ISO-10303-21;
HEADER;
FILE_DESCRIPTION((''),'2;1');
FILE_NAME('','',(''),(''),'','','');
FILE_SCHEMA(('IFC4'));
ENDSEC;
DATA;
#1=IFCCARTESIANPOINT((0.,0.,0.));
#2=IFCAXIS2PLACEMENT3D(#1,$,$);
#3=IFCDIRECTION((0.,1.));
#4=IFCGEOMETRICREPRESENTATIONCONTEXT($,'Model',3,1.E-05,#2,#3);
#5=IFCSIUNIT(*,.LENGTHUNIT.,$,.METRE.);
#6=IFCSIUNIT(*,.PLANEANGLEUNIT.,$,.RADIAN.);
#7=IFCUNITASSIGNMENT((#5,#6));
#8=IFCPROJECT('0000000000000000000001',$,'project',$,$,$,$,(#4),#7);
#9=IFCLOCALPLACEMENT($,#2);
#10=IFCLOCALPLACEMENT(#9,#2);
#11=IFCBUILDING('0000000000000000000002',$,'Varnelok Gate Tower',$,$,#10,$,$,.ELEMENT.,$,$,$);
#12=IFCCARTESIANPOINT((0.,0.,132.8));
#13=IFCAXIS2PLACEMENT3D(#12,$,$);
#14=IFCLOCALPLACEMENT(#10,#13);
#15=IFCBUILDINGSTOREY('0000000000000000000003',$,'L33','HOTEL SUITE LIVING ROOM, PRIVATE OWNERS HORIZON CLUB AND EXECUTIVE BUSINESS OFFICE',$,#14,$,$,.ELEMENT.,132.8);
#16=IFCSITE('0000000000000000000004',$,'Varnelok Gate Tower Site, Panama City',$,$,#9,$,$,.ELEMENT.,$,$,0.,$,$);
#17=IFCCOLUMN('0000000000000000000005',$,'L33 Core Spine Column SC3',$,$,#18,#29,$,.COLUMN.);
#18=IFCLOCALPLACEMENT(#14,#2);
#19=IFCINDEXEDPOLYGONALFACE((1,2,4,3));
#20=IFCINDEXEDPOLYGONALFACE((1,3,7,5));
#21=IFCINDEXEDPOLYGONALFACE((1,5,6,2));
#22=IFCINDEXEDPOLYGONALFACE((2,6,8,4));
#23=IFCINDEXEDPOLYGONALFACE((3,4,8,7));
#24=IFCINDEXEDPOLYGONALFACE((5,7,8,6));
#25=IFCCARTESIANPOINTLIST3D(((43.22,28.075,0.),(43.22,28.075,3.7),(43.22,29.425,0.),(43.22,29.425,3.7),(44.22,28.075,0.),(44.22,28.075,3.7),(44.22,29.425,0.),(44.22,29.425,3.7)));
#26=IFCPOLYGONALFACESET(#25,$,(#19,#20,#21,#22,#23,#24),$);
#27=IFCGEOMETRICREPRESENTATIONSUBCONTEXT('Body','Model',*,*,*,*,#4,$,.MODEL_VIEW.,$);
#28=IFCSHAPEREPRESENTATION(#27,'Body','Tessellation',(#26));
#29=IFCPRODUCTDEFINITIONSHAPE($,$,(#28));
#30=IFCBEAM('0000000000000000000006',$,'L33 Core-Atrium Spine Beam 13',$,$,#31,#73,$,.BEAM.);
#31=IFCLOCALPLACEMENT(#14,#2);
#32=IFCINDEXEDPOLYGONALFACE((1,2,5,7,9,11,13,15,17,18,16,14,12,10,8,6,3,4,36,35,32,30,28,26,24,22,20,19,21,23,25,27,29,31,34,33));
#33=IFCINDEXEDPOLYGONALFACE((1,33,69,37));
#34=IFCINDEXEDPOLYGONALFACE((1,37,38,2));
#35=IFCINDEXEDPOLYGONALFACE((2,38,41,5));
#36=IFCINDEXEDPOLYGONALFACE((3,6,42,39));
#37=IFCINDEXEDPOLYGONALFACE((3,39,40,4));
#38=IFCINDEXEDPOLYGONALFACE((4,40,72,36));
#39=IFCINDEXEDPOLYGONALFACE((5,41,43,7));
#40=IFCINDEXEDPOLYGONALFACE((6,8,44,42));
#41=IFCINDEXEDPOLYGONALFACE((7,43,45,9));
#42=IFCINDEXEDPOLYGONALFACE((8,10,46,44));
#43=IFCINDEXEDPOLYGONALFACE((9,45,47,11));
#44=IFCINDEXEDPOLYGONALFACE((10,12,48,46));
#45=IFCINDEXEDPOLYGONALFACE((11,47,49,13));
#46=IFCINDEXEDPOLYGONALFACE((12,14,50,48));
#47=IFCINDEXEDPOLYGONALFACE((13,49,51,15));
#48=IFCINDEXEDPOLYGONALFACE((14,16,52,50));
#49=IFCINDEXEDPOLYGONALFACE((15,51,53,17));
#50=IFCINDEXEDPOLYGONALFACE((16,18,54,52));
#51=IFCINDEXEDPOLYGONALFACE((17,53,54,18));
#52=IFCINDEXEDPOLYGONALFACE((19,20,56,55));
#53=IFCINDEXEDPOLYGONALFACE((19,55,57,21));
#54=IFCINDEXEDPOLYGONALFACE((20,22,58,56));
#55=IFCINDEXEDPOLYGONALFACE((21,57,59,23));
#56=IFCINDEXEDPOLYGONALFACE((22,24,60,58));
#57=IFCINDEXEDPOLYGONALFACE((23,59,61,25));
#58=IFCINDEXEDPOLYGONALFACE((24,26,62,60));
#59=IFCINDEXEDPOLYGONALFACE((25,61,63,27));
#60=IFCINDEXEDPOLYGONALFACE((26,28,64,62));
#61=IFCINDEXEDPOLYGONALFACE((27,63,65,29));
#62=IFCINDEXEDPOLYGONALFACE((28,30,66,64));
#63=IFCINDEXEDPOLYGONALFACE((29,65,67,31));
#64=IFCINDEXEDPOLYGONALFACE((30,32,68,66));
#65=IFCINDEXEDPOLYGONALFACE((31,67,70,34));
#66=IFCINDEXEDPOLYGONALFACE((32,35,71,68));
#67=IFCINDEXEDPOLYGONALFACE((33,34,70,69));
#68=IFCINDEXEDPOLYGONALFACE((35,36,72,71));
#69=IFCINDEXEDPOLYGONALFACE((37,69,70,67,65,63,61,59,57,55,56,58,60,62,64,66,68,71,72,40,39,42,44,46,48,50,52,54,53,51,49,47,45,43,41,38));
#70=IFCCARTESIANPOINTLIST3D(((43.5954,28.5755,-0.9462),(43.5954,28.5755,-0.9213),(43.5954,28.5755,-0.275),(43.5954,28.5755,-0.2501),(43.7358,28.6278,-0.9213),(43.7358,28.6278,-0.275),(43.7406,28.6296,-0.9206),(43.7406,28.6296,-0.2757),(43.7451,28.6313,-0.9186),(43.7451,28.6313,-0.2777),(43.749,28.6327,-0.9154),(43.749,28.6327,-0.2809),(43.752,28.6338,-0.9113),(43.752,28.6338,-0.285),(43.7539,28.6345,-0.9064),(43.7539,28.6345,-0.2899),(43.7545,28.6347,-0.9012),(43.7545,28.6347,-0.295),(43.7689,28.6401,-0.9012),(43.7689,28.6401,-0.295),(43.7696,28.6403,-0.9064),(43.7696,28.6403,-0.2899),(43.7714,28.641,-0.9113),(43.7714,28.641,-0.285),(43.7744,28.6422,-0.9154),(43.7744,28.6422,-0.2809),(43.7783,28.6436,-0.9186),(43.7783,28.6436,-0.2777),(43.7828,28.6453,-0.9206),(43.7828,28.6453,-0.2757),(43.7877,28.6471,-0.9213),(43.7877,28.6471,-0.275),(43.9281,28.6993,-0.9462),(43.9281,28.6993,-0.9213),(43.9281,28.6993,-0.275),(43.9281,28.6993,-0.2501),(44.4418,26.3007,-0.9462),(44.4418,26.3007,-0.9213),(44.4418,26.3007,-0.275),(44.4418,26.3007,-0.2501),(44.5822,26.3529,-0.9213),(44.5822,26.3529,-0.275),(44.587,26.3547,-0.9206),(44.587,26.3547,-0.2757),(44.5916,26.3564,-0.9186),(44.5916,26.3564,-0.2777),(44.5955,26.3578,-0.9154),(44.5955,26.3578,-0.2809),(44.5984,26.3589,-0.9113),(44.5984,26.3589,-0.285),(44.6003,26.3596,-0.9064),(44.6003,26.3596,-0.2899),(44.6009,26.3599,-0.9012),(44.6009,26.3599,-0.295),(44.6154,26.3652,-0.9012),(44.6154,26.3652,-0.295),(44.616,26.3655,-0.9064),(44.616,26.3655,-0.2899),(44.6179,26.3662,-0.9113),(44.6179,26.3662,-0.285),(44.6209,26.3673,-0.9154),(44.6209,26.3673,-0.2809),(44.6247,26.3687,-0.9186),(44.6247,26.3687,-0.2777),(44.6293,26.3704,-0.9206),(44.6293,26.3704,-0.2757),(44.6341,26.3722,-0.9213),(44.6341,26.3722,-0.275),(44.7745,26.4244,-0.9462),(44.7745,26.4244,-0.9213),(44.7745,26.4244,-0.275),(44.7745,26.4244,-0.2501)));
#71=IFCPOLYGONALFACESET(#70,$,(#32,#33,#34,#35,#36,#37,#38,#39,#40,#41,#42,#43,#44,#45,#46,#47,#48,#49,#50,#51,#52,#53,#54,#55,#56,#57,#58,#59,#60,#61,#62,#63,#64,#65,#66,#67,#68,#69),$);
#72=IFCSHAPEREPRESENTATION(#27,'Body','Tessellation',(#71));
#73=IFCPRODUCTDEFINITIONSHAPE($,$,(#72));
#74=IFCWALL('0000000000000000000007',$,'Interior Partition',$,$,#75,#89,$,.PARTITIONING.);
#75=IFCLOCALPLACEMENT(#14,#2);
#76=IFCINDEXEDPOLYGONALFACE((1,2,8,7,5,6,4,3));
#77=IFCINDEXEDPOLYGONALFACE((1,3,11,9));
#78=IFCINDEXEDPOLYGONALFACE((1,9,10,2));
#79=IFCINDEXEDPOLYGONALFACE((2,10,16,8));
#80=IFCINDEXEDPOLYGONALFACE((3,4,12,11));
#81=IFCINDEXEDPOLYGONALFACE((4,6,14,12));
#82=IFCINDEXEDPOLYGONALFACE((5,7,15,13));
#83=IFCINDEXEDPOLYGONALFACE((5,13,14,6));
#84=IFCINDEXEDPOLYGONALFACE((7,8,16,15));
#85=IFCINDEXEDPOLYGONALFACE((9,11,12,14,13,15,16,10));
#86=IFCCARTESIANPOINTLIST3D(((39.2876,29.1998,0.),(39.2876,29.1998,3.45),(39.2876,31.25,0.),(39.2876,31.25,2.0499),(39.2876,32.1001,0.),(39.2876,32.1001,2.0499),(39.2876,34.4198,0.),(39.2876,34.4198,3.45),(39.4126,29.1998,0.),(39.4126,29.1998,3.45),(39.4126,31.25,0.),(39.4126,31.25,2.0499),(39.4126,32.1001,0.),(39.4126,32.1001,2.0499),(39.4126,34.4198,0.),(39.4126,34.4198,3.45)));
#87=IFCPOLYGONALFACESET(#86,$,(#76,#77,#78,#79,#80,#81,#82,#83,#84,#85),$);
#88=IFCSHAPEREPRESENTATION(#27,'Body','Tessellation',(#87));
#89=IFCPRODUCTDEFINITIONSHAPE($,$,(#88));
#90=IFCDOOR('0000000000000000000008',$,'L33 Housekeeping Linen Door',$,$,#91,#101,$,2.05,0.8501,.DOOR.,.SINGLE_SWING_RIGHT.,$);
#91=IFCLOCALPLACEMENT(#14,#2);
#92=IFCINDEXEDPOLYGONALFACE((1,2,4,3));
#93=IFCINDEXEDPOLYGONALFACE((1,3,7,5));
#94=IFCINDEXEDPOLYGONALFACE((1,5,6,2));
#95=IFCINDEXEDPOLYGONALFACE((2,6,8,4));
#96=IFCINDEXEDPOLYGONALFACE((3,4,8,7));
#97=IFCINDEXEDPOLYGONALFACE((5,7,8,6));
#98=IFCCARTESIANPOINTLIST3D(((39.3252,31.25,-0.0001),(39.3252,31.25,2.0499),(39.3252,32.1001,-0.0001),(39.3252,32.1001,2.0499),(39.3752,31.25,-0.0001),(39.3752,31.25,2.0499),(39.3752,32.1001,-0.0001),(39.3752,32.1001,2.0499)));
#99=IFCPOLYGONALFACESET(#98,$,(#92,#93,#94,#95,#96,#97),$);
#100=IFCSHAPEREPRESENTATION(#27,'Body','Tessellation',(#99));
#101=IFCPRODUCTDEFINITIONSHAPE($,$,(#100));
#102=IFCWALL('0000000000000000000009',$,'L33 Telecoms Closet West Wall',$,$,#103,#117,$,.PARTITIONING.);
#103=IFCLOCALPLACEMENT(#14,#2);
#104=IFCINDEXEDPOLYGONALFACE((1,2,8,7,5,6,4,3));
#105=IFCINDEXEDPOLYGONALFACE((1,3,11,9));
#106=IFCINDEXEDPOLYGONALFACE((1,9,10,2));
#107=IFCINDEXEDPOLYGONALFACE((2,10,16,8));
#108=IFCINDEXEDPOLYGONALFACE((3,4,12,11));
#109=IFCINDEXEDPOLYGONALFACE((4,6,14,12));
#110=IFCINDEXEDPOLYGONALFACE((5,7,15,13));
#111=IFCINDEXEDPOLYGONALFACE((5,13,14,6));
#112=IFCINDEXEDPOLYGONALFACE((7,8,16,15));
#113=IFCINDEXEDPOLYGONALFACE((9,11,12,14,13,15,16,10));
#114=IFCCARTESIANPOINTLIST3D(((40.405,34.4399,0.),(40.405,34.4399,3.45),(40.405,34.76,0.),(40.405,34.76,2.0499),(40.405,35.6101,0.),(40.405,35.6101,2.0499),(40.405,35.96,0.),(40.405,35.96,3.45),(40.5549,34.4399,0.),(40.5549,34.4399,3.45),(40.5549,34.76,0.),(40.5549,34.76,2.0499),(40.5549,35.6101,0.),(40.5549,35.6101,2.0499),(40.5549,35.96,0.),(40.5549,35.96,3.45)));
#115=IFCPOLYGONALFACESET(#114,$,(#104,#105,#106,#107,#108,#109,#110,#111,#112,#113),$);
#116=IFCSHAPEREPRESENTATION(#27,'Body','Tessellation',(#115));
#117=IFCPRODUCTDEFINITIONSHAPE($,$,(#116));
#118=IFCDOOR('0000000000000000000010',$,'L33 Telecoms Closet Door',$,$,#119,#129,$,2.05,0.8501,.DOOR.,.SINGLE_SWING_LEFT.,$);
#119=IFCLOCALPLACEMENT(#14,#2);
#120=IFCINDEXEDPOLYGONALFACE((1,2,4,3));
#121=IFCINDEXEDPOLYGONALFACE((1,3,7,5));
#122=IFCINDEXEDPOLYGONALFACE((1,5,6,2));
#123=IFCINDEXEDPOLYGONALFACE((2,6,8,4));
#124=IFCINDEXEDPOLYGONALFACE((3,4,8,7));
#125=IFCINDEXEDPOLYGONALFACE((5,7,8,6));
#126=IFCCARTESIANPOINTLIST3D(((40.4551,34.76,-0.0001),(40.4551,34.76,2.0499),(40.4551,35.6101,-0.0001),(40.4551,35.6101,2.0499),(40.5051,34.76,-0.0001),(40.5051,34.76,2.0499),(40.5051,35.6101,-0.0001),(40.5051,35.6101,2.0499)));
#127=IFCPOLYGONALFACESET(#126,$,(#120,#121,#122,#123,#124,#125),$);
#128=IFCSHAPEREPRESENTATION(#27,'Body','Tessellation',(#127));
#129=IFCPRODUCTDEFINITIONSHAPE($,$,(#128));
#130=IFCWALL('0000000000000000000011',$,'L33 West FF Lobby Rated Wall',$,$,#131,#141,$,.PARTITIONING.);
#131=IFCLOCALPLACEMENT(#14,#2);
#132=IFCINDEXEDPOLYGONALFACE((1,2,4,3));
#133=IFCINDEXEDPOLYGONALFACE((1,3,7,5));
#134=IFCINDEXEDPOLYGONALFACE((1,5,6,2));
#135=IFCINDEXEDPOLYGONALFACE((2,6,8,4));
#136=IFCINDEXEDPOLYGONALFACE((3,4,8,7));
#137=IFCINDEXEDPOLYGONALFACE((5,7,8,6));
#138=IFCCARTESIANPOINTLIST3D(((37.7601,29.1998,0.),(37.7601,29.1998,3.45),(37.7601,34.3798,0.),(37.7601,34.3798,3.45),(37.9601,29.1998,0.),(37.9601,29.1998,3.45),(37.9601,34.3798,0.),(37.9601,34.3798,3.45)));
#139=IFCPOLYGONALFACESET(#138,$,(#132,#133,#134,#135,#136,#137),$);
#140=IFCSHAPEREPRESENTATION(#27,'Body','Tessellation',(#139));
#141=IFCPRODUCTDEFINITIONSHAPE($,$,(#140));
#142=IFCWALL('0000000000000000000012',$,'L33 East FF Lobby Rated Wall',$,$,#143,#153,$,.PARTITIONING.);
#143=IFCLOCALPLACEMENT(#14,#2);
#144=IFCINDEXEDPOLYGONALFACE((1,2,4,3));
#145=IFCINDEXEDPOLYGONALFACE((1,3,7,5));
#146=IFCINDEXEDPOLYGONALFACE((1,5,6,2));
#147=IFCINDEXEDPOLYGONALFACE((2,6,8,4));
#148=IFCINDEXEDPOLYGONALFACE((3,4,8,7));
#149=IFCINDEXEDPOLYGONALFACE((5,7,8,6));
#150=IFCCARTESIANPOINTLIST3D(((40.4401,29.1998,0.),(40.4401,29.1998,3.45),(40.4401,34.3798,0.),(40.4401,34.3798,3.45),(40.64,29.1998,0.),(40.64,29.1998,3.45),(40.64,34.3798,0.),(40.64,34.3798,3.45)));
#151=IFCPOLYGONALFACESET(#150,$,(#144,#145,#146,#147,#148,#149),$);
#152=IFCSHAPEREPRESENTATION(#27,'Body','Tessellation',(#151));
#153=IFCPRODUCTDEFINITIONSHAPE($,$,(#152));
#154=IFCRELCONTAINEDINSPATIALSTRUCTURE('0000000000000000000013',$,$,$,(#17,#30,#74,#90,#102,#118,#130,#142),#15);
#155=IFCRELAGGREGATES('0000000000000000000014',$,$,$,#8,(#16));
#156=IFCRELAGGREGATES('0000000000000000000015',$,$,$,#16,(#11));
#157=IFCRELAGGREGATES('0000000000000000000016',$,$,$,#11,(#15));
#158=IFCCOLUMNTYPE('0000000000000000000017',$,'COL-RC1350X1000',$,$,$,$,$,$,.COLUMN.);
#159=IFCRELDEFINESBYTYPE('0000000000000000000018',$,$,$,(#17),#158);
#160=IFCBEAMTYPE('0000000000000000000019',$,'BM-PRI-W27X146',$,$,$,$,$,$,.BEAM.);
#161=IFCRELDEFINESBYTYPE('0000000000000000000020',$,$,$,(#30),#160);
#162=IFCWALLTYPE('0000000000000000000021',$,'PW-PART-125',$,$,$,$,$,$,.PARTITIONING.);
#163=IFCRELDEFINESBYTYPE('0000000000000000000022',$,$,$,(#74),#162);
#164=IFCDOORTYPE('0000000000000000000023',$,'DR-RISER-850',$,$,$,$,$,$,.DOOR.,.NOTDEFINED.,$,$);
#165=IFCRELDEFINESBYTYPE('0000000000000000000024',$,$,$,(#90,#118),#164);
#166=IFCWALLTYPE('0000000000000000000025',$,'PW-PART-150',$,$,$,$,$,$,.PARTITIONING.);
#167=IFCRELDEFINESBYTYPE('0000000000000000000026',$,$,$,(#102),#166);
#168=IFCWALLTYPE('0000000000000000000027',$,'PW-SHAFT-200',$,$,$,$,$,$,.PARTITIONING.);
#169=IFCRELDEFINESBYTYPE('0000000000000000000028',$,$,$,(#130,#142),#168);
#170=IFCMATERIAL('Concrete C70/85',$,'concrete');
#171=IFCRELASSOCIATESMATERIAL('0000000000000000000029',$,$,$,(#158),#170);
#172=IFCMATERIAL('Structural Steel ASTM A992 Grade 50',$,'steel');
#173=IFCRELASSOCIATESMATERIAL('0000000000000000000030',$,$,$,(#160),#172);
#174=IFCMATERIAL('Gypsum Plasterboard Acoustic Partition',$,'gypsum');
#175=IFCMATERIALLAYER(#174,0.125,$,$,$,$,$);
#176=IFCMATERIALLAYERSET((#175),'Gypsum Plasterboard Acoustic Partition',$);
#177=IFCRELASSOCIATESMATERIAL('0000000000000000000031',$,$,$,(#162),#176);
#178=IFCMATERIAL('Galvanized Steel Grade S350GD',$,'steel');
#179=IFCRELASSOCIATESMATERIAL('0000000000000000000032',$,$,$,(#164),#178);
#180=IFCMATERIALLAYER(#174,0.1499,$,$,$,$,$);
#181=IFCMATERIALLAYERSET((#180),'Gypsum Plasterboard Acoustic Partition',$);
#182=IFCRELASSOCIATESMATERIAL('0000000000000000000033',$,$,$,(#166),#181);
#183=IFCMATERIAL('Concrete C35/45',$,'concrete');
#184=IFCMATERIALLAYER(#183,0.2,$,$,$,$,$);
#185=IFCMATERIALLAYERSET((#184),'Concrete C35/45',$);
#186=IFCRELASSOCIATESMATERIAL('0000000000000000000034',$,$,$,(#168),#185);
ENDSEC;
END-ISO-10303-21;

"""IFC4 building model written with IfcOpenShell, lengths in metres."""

from ifc_helpers import new_model, si_unit, direction, frame, frame_2d, origin, origin_2d, place, context, subcontext, project, spatial, rectangle, i_section, extrude, material, layer, layer_set, material_profile, profile_set, type_object, element, fill, save


model = new_model("IFC4")

# Units and contexts
model_context = context("Model", 3, precision=1e-05, world=origin(), true_north=direction((0.0, 1.0)))
body_context = subcontext(model_context, "Body", "Model", "MODEL_VIEW")
ifc_project = project(units=[si_unit("LENGTHUNIT", "METRE"), si_unit("PLANEANGLEUNIT", "RADIAN")], contexts=[model_context])

# Site, building, storey
site_placement = place(None, origin())
site = spatial("IfcSite", under=ifc_project, at=site_placement, Name="Varnelok Gate Tower Site, Panama City", CompositionType="ELEMENT", RefElevation=0.0)
building_placement = place(site_placement, origin())
building = spatial("IfcBuilding", under=site, at=building_placement, Name="Varnelok Gate Tower", CompositionType="ELEMENT")
storey_placement = place(building_placement, frame((0.0, 0.0, 132.8)))
storey = spatial("IfcBuildingStorey", under=building, at=storey_placement, Name="L33", Description="HOTEL SUITE LIVING ROOM, PRIVATE OWNERS HORIZON CLUB AND EXECUTIVE BUSINESS OFFICE", CompositionType="ELEMENT", Elevation=132.8)

# Column
ifc_material_1 = material(Name="Concrete C70/85", Category="concrete")
ifc_material_profile_1 = material_profile(ifc_material_1, rectangle(XDim=1.0, YDim=1.3501, at=origin_2d()), Name="RC1350X1000")
ifc_profile_set_1 = profile_set([ifc_material_profile_1], Name="Concrete C70/85")
column_type = type_object("IfcColumnType", Name="COL-RC1350X1000", PredefinedType="COLUMN", material=ifc_profile_set_1)
column_placement = place(storey_placement, frame((43.72, 28.75, 0.0), z_axis=(0.0, 0.0, 1.0), x_axis=(1.0, 0.0, 0.0)))
element("IfcColumn", 1, at=column_placement, inside=storey, type_object=column_type, Name="L33 Core Spine Column SC3", PredefinedType="COLUMN", context=body_context, shape_type="SweptSolid", body=[
    extrude(rectangle(XDim=1.0, YDim=1.3501, at=origin_2d()), origin(), (0.0, 0.0, 1.0), 3.7),
])

# Beam
ifc_material_2 = material(Name="Structural Steel ASTM A992 Grade 50", Category="steel")
ifc_material_profile_2 = material_profile(ifc_material_2, i_section(OverallWidth=0.355, OverallDepth=0.696, WebThickness=0.0154, FlangeThickness=0.0249, FilletRadius=0.02, at=origin_2d()), Name="W27X146")
ifc_profile_set_2 = profile_set([ifc_material_profile_2], Name="Structural Steel ASTM A992 Grade 50")
beam_type = type_object("IfcBeamType", Name="BM-PRI-W27X146", PredefinedType="BEAM", material=ifc_profile_set_2)
beam_placement = place(storey_placement, frame((44.6082, 26.3625, -0.5981), z_axis=(-0.348719, 0.937227, 0.0), x_axis=(-0.937227, -0.348719, 0.0)))
element("IfcBeam", 2, at=beam_placement, inside=storey, type_object=beam_type, Name="L33 Core-Atrium Spine Beam 13", PredefinedType="BEAM", context=body_context, shape_type="SweptSolid", body=[
    extrude(i_section(OverallWidth=0.355, OverallDepth=0.696, WebThickness=0.0154, FlangeThickness=0.0249, FilletRadius=0.02, at=origin_2d()), origin(), (0.0, 0.0, 1.0), 2.4272),
])

# Walls, openings, doors
ifc_material_3 = material(Name="Gypsum Plasterboard Acoustic Partition", Category="gypsum")
ifc_layer_1 = layer(ifc_material_3, 0.125)
ifc_layer_set_1 = layer_set([ifc_layer_1], Name="Gypsum Plasterboard Acoustic Partition")
wall_type_1 = type_object("IfcWallType", Name="PW-PART-125", PredefinedType="PARTITIONING", material=ifc_layer_set_1)
wall_1_placement = place(storey_placement, frame((39.3501, 29.2, 0.0), z_axis=(0.0, 0.0, 1.0), x_axis=(0.0, 1.0, 0.0)))
wall_1 = element("IfcWall", 3, at=wall_1_placement, inside=storey, type_object=wall_type_1, Name="Interior Partition", PredefinedType="PARTITIONING", context=body_context, shape_type="SweptSolid", body=[
    extrude(rectangle(XDim=5.22, YDim=0.125, at=frame_2d((2.6099, 0.0))), origin(), (0.0, 0.0, 1.0), 3.45),
])
opening_1_placement = place(wall_1_placement, frame((2.05, 0.0, 0.0)))
opening_1 = element("IfcOpeningElement", 4, at=opening_1_placement, cuts=wall_1, PredefinedType="OPENING", context=body_context, shape_type="SweptSolid", body=[
    extrude(rectangle(XDim=0.8501, YDim=2.05, at=frame_2d((0.425, 1.0249))), frame((0.0, 0.0725, 0.0), z_axis=(0.0, -1.0, 0.0), x_axis=(1.0, 0.0, 0.0)), (0.0, 0.0, 1.0), 0.145),
])
ifc_material_4 = material(Name="Galvanized Steel Grade S350GD", Category="steel")
door_type_1 = type_object("IfcDoorType", Name="DR-RISER-850", OperationType="NOTDEFINED", PredefinedType="DOOR", material=ifc_material_4)
door_1_placement = place(opening_1_placement, origin())
door_1 = element("IfcDoor", 5, at=door_1_placement, inside=storey, type_object=door_type_1, Name="L33 Housekeeping Linen Door", OperationType="SINGLE_SWING_RIGHT", OverallHeight=2.05, OverallWidth=0.8501, PredefinedType="DOOR", context=body_context, shape_type="SweptSolid", body=[
    extrude(rectangle(XDim=0.8501, YDim=2.05, at=frame_2d((0.425, 1.0249))), frame((0.0, 0.0249, 0.0), z_axis=(0.0, -1.0, 0.0), x_axis=(1.0, 0.0, 0.0)), (0.0, 0.0, 1.0), 0.05),
])
fill(opening_1, door_1)
ifc_layer_2 = layer(ifc_material_3, 0.1499)
ifc_layer_set_2 = layer_set([ifc_layer_2], Name="Gypsum Plasterboard Acoustic Partition")
wall_type_2 = type_object("IfcWallType", Name="PW-PART-150", PredefinedType="PARTITIONING", material=ifc_layer_set_2)
wall_2_placement = place(storey_placement, frame((40.48, 34.4399, 0.0), z_axis=(0.0, 0.0, 1.0), x_axis=(0.0, 1.0, 0.0)))
wall_2 = element("IfcWall", 6, at=wall_2_placement, inside=storey, type_object=wall_type_2, Name="L33 Telecoms Closet West Wall", PredefinedType="PARTITIONING", context=body_context, shape_type="SweptSolid", body=[
    extrude(rectangle(XDim=1.52, YDim=0.1499, at=frame_2d((0.76, 0.0))), origin(), (0.0, 0.0, 1.0), 3.45),
])
opening_2_placement = place(wall_2_placement, frame((0.3201, 0.0, 0.0)))
opening_2 = element("IfcOpeningElement", 7, at=opening_2_placement, cuts=wall_2, PredefinedType="OPENING", context=body_context, shape_type="SweptSolid", body=[
    extrude(rectangle(XDim=0.8501, YDim=2.05, at=frame_2d((0.425, 1.0249))), frame((0.0, 0.085, 0.0), z_axis=(0.0, -1.0, 0.0), x_axis=(1.0, 0.0, 0.0)), (0.0, 0.0, 1.0), 0.1699),
])
door_2_placement = place(opening_2_placement, origin())
door_2 = element("IfcDoor", 8, at=door_2_placement, inside=storey, type_object=door_type_1, Name="L33 Telecoms Closet Door", OperationType="SINGLE_SWING_LEFT", OverallHeight=2.05, OverallWidth=0.8501, PredefinedType="DOOR", context=body_context, shape_type="SweptSolid", body=[
    extrude(rectangle(XDim=0.8501, YDim=2.05, at=frame_2d((0.425, 1.0249))), frame((0.0, 0.0249, 0.0), z_axis=(0.0, -1.0, 0.0), x_axis=(1.0, 0.0, 0.0)), (0.0, 0.0, 1.0), 0.05),
])
fill(opening_2, door_2)

# Walls
ifc_material_5 = material(Name="Concrete C35/45", Category="concrete")
ifc_layer_3 = layer(ifc_material_5, 0.2)
ifc_layer_set_3 = layer_set([ifc_layer_3], Name="Concrete C35/45")
wall_type_3 = type_object("IfcWallType", Name="PW-SHAFT-200", PredefinedType="PARTITIONING", material=ifc_layer_set_3)
for number, where, z_axis, x_axis, name in (
    (9, (37.8601, 29.2, 0.0), (0.0, 0.0, 1.0), (0.0, 1.0, 0.0), "L33 West FF Lobby Rated Wall"),
    (10, (40.54, 29.2, 0.0), (0.0, 0.0, 1.0), (0.0, 1.0, 0.0), "L33 East FF Lobby Rated Wall"),
):
    element("IfcWall", number, at=place(storey_placement, frame(where, z_axis=z_axis, x_axis=x_axis)), inside=storey, type_object=wall_type_3, Name=name, PredefinedType="PARTITIONING", context=body_context, shape_type="SweptSolid", body=[
        extrude(rectangle(XDim=5.1799, YDim=0.2, at=frame_2d((2.5898, 0.0))), origin(), (0.0, 0.0, 1.0), 3.45),
    ])

save(model, "model.ifc")
